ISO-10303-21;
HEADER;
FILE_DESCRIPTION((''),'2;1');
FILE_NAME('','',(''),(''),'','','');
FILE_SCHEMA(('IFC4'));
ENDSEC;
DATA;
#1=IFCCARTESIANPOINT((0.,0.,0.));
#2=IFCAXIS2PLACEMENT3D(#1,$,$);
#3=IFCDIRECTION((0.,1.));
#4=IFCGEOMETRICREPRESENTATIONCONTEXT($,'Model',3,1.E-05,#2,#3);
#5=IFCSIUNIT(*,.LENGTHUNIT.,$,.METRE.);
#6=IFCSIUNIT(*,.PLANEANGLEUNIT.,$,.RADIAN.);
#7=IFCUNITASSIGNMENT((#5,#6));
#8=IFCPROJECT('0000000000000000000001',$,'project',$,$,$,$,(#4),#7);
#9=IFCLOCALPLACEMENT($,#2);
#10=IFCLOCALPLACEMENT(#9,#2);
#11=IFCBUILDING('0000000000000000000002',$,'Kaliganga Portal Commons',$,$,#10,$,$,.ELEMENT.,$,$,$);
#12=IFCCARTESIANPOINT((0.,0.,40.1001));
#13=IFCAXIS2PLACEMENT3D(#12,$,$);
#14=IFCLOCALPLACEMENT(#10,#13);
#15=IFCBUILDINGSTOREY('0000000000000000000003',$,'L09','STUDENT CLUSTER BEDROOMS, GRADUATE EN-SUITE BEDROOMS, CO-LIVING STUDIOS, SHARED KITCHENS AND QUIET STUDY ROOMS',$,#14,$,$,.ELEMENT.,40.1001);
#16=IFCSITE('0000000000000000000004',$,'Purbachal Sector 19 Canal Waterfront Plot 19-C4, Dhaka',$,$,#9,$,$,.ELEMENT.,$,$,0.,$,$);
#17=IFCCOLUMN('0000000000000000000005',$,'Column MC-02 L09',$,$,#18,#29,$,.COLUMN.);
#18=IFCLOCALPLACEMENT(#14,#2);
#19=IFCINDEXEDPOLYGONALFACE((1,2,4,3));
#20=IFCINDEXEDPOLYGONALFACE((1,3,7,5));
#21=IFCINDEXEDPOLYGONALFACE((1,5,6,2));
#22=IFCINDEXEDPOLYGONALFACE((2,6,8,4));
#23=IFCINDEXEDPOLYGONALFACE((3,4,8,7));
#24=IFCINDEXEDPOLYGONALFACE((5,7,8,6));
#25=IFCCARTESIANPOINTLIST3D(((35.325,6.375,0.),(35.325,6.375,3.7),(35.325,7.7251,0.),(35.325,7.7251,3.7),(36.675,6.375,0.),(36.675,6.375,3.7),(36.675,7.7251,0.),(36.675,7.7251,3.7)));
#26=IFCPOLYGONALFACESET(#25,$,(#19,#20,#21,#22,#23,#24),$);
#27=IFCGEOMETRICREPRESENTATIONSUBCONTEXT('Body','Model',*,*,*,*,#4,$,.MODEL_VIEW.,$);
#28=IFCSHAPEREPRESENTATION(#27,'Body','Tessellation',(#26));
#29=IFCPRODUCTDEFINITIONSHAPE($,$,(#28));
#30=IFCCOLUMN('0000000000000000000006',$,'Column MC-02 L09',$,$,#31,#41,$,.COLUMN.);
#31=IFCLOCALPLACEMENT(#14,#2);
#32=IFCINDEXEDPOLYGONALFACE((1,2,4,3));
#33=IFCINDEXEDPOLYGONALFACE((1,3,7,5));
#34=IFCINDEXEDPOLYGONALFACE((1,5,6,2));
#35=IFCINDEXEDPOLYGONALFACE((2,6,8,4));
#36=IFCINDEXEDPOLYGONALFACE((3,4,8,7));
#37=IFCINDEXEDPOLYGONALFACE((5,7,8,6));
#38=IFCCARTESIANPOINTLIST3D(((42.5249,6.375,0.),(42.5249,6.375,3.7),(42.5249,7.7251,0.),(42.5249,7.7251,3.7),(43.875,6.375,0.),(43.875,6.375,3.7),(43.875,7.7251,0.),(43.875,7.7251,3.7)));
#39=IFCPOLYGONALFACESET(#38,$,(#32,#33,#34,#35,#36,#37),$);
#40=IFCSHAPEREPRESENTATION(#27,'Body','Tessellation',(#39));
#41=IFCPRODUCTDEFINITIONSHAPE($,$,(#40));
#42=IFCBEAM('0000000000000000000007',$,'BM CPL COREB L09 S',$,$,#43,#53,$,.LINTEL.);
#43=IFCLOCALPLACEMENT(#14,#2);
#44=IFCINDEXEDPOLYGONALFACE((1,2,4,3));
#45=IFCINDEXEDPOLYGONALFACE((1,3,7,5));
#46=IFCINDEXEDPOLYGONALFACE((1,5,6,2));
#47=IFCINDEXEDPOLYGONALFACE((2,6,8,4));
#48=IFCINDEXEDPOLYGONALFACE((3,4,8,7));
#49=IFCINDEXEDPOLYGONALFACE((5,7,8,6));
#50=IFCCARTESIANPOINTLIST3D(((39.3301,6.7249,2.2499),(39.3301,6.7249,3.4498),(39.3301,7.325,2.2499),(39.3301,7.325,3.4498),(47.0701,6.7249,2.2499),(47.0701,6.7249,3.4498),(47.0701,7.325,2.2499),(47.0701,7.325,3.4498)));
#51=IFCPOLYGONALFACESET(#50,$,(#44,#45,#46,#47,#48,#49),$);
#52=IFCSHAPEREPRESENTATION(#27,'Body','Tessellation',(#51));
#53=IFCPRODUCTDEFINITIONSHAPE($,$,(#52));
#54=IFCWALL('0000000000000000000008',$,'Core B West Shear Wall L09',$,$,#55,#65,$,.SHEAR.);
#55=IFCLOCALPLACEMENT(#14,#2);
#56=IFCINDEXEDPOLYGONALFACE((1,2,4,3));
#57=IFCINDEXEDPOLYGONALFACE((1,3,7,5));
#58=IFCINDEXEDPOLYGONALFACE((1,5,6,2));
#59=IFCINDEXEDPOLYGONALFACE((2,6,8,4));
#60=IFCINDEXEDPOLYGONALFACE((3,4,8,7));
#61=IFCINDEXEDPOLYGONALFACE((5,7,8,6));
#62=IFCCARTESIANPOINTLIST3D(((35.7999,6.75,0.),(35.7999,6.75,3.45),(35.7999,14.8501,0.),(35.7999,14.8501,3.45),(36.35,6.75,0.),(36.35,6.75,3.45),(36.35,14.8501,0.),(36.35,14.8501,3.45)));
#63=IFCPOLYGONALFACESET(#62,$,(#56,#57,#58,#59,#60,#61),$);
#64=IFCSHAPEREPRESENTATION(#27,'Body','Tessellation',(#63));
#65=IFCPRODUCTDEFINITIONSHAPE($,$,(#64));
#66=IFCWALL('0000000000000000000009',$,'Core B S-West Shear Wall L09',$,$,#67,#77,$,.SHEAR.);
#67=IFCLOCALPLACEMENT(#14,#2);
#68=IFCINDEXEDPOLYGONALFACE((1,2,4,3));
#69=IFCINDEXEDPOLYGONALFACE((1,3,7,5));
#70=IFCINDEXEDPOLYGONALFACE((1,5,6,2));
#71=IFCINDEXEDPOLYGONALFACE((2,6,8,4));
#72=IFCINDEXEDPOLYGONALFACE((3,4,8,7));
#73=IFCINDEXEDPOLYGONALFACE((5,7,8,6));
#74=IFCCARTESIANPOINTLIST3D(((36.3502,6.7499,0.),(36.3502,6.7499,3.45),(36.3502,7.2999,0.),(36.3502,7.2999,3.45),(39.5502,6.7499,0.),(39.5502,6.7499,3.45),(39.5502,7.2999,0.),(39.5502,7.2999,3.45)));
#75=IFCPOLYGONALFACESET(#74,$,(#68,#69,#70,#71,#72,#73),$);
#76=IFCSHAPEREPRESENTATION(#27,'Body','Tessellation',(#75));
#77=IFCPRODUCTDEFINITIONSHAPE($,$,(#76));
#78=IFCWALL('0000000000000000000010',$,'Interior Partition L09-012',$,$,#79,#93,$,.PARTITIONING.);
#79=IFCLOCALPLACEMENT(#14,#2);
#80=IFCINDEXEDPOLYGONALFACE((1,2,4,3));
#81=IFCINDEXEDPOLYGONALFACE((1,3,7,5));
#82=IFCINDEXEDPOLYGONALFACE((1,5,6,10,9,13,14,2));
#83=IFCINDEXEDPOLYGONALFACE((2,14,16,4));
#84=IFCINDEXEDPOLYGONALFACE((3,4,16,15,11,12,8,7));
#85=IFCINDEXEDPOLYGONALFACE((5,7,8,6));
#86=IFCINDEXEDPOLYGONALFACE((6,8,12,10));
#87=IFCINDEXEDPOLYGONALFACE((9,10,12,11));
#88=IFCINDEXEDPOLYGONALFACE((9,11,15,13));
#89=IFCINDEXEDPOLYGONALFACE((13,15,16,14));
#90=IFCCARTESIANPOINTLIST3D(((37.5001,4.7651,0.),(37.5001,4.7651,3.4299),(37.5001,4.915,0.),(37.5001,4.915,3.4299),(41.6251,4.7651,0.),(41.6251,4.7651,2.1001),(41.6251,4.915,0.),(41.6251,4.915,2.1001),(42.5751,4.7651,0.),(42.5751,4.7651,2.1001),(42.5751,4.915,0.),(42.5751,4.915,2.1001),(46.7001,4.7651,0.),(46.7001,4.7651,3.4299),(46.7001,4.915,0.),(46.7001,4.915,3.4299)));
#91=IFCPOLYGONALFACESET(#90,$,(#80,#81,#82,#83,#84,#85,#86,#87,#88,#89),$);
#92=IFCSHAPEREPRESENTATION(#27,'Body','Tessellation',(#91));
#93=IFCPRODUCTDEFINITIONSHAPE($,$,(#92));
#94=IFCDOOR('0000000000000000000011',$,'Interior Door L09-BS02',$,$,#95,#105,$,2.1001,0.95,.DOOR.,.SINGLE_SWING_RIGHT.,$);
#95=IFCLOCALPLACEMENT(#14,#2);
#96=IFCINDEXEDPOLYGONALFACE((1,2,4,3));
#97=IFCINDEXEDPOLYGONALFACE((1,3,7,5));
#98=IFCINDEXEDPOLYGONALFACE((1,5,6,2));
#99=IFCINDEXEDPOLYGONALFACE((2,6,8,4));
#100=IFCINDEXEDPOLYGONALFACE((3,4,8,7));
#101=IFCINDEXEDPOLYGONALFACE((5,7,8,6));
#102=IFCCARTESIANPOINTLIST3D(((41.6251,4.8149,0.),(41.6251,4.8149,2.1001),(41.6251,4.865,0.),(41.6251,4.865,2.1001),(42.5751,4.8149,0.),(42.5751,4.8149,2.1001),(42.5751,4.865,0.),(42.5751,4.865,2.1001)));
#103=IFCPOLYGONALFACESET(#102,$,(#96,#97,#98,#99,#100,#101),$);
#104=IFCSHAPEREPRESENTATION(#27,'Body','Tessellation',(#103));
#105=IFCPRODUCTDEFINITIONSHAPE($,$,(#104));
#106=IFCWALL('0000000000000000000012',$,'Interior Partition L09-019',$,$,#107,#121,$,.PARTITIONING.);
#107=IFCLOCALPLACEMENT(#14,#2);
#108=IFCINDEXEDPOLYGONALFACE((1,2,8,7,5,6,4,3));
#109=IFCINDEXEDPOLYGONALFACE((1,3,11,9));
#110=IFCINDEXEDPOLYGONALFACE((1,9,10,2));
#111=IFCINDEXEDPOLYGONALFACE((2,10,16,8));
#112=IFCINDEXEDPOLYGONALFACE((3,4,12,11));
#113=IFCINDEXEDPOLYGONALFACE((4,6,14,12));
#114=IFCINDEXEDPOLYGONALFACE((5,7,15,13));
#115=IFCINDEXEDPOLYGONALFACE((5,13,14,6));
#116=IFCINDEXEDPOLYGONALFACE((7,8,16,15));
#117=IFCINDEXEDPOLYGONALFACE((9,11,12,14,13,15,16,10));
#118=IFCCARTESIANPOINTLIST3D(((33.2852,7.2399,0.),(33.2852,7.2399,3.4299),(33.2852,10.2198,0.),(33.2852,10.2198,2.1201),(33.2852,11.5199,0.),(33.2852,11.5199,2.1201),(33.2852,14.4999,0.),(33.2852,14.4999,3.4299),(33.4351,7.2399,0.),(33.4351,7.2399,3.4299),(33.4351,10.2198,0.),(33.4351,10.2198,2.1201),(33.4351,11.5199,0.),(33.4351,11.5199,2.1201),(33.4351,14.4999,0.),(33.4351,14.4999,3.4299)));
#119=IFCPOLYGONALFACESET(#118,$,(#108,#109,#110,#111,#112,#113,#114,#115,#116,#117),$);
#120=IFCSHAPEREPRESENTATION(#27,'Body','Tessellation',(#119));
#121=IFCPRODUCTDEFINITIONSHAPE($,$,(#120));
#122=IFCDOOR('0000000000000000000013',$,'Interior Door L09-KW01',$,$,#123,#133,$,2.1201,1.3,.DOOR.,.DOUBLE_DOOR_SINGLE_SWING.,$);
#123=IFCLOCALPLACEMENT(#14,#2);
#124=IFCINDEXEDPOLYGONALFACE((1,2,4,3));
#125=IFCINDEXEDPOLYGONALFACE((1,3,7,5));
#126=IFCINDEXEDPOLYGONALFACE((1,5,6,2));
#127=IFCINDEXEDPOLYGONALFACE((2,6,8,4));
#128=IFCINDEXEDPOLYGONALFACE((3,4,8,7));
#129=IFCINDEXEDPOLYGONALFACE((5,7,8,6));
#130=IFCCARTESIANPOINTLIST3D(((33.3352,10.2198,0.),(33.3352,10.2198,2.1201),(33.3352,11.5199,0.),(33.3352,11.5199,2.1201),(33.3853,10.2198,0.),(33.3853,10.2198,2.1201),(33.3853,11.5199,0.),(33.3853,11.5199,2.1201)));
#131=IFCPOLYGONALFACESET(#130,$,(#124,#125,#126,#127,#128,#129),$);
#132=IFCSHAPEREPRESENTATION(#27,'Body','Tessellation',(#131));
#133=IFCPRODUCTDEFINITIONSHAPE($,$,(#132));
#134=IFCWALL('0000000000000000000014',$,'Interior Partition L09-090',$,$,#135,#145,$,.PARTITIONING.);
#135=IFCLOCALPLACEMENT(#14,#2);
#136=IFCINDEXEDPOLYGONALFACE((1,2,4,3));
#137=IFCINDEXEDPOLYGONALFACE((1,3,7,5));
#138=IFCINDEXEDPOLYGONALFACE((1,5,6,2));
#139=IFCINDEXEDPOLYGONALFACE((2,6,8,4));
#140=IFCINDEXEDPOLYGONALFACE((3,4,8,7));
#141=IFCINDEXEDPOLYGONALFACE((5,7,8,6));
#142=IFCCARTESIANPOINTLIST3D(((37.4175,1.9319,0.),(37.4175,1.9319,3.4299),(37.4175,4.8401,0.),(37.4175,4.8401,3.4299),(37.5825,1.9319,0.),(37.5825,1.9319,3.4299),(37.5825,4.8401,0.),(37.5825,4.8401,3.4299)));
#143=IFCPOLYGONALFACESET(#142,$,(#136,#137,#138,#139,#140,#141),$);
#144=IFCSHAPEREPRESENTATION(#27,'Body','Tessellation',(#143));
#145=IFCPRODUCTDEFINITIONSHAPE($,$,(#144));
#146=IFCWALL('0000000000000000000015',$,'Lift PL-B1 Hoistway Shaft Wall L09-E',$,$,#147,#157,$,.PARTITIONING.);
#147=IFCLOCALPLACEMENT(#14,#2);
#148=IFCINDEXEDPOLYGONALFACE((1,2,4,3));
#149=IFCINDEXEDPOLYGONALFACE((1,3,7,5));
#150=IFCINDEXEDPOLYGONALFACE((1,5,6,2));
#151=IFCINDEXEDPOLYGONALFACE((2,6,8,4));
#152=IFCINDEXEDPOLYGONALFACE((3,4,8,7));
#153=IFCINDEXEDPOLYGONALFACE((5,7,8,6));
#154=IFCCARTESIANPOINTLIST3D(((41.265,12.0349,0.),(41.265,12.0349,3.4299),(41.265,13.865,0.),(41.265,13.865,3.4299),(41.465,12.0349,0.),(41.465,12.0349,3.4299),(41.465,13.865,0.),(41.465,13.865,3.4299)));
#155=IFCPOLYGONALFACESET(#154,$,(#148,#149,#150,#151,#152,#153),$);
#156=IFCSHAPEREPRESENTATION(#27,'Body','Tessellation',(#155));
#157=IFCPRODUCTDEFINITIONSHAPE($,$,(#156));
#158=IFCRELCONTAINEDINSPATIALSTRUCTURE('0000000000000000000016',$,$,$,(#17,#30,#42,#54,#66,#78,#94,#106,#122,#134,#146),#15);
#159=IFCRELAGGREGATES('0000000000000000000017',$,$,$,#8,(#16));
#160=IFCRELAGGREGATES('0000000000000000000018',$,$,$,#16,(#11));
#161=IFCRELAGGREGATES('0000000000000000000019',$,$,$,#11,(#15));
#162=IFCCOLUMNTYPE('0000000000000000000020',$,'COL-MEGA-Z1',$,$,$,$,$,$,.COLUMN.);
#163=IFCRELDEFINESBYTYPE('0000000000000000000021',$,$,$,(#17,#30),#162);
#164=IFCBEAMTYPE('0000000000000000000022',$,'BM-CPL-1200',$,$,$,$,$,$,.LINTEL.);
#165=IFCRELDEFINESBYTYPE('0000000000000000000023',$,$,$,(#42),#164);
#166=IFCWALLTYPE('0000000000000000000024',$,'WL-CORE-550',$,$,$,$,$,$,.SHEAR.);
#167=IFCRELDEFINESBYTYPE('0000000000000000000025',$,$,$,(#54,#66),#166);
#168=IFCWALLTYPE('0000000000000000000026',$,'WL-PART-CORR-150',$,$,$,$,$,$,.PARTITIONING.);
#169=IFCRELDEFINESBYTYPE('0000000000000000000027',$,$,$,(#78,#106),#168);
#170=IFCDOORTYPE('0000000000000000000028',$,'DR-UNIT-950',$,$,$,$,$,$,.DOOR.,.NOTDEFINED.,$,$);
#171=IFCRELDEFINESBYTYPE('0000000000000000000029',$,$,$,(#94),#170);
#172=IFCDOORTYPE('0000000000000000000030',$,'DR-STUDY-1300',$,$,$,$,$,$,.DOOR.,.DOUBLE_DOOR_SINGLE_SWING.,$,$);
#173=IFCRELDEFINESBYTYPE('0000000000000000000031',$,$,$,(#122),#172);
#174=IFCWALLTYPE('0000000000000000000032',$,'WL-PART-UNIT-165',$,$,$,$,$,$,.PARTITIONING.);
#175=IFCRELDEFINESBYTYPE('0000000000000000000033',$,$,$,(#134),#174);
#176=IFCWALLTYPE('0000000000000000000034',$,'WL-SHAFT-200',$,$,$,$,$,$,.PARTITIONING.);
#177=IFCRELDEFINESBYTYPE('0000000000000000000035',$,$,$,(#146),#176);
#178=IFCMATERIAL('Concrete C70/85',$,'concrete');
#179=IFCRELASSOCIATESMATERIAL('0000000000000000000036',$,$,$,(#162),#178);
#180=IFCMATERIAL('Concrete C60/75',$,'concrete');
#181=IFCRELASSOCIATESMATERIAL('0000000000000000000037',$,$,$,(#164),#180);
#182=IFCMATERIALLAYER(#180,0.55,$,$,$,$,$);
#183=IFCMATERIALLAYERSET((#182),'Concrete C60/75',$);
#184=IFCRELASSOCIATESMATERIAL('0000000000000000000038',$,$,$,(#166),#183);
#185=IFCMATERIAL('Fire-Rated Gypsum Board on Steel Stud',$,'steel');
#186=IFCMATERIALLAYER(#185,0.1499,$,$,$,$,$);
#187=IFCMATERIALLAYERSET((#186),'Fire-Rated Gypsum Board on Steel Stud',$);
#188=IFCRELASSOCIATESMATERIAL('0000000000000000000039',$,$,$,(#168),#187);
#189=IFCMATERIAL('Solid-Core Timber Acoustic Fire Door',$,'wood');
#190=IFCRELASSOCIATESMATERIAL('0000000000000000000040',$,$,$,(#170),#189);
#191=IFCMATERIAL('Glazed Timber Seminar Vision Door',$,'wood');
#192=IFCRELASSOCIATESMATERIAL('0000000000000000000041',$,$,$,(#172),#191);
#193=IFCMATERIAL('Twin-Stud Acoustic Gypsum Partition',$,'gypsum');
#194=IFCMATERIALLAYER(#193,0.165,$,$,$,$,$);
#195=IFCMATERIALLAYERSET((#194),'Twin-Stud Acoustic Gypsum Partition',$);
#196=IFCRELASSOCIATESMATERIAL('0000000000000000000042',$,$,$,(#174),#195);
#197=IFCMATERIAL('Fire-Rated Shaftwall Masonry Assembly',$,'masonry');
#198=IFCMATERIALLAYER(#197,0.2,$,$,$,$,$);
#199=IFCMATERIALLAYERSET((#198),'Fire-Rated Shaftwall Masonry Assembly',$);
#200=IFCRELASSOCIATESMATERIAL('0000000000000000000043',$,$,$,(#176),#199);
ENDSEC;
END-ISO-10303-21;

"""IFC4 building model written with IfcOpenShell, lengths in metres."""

from ifc_helpers import new_model, si_unit, direction, frame, frame_2d, origin, origin_2d, place, context, subcontext, project, spatial, rectangle, extrude, source, transform, mapped, material, layer, layer_set, material_profile, profile_set, type_object, element, fill, save


model = new_model("IFC4")

# Units and contexts
model_context = context("Model", 3, precision=1e-05, world=origin(), true_north=direction((0.0, 1.0)))
body_context = subcontext(model_context, "Body", "Model", "MODEL_VIEW")
ifc_project = project(units=[si_unit("LENGTHUNIT", "METRE"), si_unit("PLANEANGLEUNIT", "RADIAN")], contexts=[model_context])

# Site, building, storey
site_placement = place(None, origin())
site = spatial("IfcSite", under=ifc_project, at=site_placement, Name="Purbachal Sector 19 Canal Waterfront Plot 19-C4, Dhaka", CompositionType="ELEMENT", RefElevation=0.0)
building_placement = place(site_placement, origin())
building = spatial("IfcBuilding", under=site, at=building_placement, Name="Kaliganga Portal Commons", CompositionType="ELEMENT")
storey_placement = place(building_placement, frame((0.0, 0.0, 40.1001)))
storey = spatial("IfcBuildingStorey", under=building, at=storey_placement, Name="L09", Description="STUDENT CLUSTER BEDROOMS, GRADUATE EN-SUITE BEDROOMS, CO-LIVING STUDIOS, SHARED KITCHENS AND QUIET STUDY ROOMS", CompositionType="ELEMENT", Elevation=40.1001)

# Columns
ifc_material_1 = material(Name="Concrete C70/85", Category="concrete")
ifc_material_profile_1 = material_profile(ifc_material_1, rectangle(XDim=1.3501, YDim=1.3501, at=origin_2d()), Name="RC 1350x1350")
ifc_profile_set_1 = profile_set([ifc_material_profile_1], Name="Concrete C70/85")
column_type = type_object("IfcColumnType", Name="COL-MEGA-Z1", PredefinedType="COLUMN", material=ifc_profile_set_1)
shared_shape_1 = source(origin(), body_context, "Body", "SweptSolid", [
    extrude(rectangle(XDim=1.3501, YDim=1.3501, at=origin_2d()), origin(), (0.0, 0.0, 1.0), 3.7),
])
for number, where, z_axis, x_axis, name in (
    (1, (36.0, 7.05, 0.0), (0.0, 0.0, 1.0), (1.0, 0.0, 0.0), "Column MC-02 L09"),
    (2, (43.2, 7.05, 0.0), (0.0, 0.0, 1.0), (1.0, 0.0, 0.0), "Column MC-02 L09"),
):
    element("IfcColumn", number, at=place(storey_placement, frame(where, z_axis=z_axis, x_axis=x_axis)), inside=storey, type_object=column_type, Name=name, PredefinedType="COLUMN", context=body_context, shape_type="MappedRepresentation", body=[
        mapped(shared_shape_1, transform((0.0, 0.0, 0.0), x_axis=(1.0, 0.0, 0.0), y_axis=(0.0, 1.0, 0.0), z_axis=(0.0, 0.0, 1.0), scale=1.0)),
    ])

# Beam
ifc_material_2 = material(Name="Concrete C60/75", Category="concrete")
ifc_material_profile_2 = material_profile(ifc_material_2, rectangle(XDim=0.6001, YDim=1.2, at=origin_2d()), Name="RC 600x1200")
ifc_profile_set_2 = profile_set([ifc_material_profile_2], Name="Concrete C60/75")
beam_type = type_object("IfcBeamType", Name="BM-CPL-1200", PredefinedType="LINTEL", material=ifc_profile_set_2)
shared_shape_2 = source(origin(), body_context, "Body", "SweptSolid", [
    extrude(rectangle(XDim=0.6001, YDim=1.2, at=origin_2d()), origin(), (0.0, 0.0, 1.0), 7.74),
])
beam_placement = place(storey_placement, frame((39.3301, 7.0249, 2.8499), z_axis=(1.0, 0.0, 0.0), x_axis=(0.0, 1.0, 0.0)))
element("IfcBeam", 3, at=beam_placement, inside=storey, type_object=beam_type, Name="BM CPL COREB L09 S", PredefinedType="LINTEL", context=body_context, shape_type="MappedRepresentation", body=[
    mapped(shared_shape_2, transform((0.0, 0.0, 0.0), x_axis=(1.0, 0.0, 0.0), y_axis=(0.0, 1.0, 0.0), z_axis=(0.0, 0.0, 1.0), scale=1.0)),
])

# Walls
ifc_layer_1 = layer(ifc_material_2, 0.55)
ifc_layer_set_1 = layer_set([ifc_layer_1], Name="Concrete C60/75")
wall_type_1 = type_object("IfcWallType", Name="WL-CORE-550", PredefinedType="SHEAR", material=ifc_layer_set_1)
wall_1_placement = place(storey_placement, frame((36.075, 6.75, 0.0), z_axis=(0.0, 0.0, 1.0), x_axis=(0.0, 1.0, 0.0)))
element("IfcWall", 4, at=wall_1_placement, inside=storey, type_object=wall_type_1, Name="Core B West Shear Wall L09", PredefinedType="SHEAR", context=body_context, shape_type="SweptSolid", body=[
    extrude(rectangle(XDim=8.1001, YDim=0.55, at=frame_2d((4.05, 0.0))), origin(), (0.0, 0.0, 1.0), 3.45),
])
wall_2_placement = place(storey_placement, frame((36.3501, 7.0249, 0.0), z_axis=(0.0, 0.0, 1.0), x_axis=(1.0, 0.0, 0.0)))
element("IfcWall", 5, at=wall_2_placement, inside=storey, type_object=wall_type_1, Name="Core B S-West Shear Wall L09", PredefinedType="SHEAR", context=body_context, shape_type="SweptSolid", body=[
    extrude(rectangle(XDim=3.2, YDim=0.55, at=frame_2d((1.6001, 0.0))), origin(), (0.0, 0.0, 1.0), 3.45),
])

# Walls, openings, doors
ifc_material_3 = material(Name="Fire-Rated Gypsum Board on Steel Stud", Category="steel")
ifc_layer_2 = layer(ifc_material_3, 0.1499)
ifc_layer_set_2 = layer_set([ifc_layer_2], Name="Fire-Rated Gypsum Board on Steel Stud")
wall_type_2 = type_object("IfcWallType", Name="WL-PART-CORR-150", PredefinedType="PARTITIONING", material=ifc_layer_set_2)
wall_3_placement = place(storey_placement, frame((37.5, 4.8401, 0.0), z_axis=(0.0, 0.0, 1.0), x_axis=(1.0, 0.0, 0.0)))
wall_3 = element("IfcWall", 6, at=wall_3_placement, inside=storey, type_object=wall_type_2, Name="Interior Partition L09-012", PredefinedType="PARTITIONING", context=body_context, shape_type="SweptSolid", body=[
    extrude(rectangle(XDim=9.2, YDim=0.1499, at=frame_2d((4.6001, 0.0))), origin(), (0.0, 0.0, 1.0), 3.4299),
])
opening_1_placement = place(wall_3_placement, frame((4.125, 0.0, 0.0)))
opening_1 = element("IfcOpeningElement", 7, at=opening_1_placement, cuts=wall_3, PredefinedType="OPENING", context=body_context, shape_type="SweptSolid", body=[
    extrude(rectangle(XDim=0.95, YDim=2.1001, at=frame_2d((0.4751, 1.05))), frame((0.0, 0.085, 0.0), z_axis=(0.0, -1.0, 0.0), x_axis=(1.0, 0.0, 0.0)), (0.0, 0.0, 1.0), 0.1699),
])
ifc_material_4 = material(Name="Solid-Core Timber Acoustic Fire Door", Category="wood")
door_type_1 = type_object("IfcDoorType", Name="DR-UNIT-950", OperationType="NOTDEFINED", PredefinedType="DOOR", material=ifc_material_4)
door_1_placement = place(opening_1_placement, origin())
door_1 = element("IfcDoor", 8, at=door_1_placement, inside=storey, type_object=door_type_1, Name="Interior Door L09-BS02", OperationType="SINGLE_SWING_RIGHT", OverallHeight=2.1001, OverallWidth=0.95, PredefinedType="DOOR", context=body_context, shape_type="SweptSolid", body=[
    extrude(rectangle(XDim=0.95, YDim=2.1001, at=frame_2d((0.4751, 1.05))), frame((0.0, 0.0249, 0.0), z_axis=(0.0, -1.0, 0.0), x_axis=(1.0, 0.0, 0.0)), (0.0, 0.0, 1.0), 0.05),
])
fill(opening_1, door_1)
wall_4_placement = place(storey_placement, frame((33.3601, 7.24, 0.0), z_axis=(0.0, 0.0, 1.0), x_axis=(0.0, 1.0, 0.0)))
wall_4 = element("IfcWall", 9, at=wall_4_placement, inside=storey, type_object=wall_type_2, Name="Interior Partition L09-019", PredefinedType="PARTITIONING", context=body_context, shape_type="SweptSolid", body=[
    extrude(rectangle(XDim=7.26, YDim=0.1499, at=frame_2d((3.6299, 0.0))), origin(), (0.0, 0.0, 1.0), 3.4299),
])
opening_2_placement = place(wall_4_placement, frame((2.98, 0.0, 0.0)))
opening_2 = element("IfcOpeningElement", 10, at=opening_2_placement, cuts=wall_4, PredefinedType="OPENING", context=body_context, shape_type="SweptSolid", body=[
    extrude(rectangle(XDim=1.3, YDim=2.1201, at=frame_2d((0.6499, 1.0601))), frame((0.0, 0.085, 0.0), z_axis=(0.0, -1.0, 0.0), x_axis=(1.0, 0.0, 0.0)), (0.0, 0.0, 1.0), 0.1699),
])
ifc_material_5 = material(Name="Glazed Timber Seminar Vision Door", Category="wood")
door_type_2 = type_object("IfcDoorType", Name="DR-STUDY-1300", OperationType="DOUBLE_DOOR_SINGLE_SWING", PredefinedType="DOOR", material=ifc_material_5)
door_2_placement = place(opening_2_placement, origin())
door_2 = element("IfcDoor", 11, at=door_2_placement, inside=storey, type_object=door_type_2, Name="Interior Door L09-KW01", OperationType="DOUBLE_DOOR_SINGLE_SWING", OverallHeight=2.1201, OverallWidth=1.3, PredefinedType="DOOR", context=body_context, shape_type="SweptSolid", body=[
    extrude(rectangle(XDim=1.3, YDim=2.1201, at=frame_2d((0.6499, 1.0601))), frame((0.0, 0.0249, 0.0), z_axis=(0.0, -1.0, 0.0), x_axis=(1.0, 0.0, 0.0)), (0.0, 0.0, 1.0), 0.05),
])
fill(opening_2, door_2)

# Wall
ifc_material_6 = material(Name="Twin-Stud Acoustic Gypsum Partition", Category="gypsum")
ifc_layer_3 = layer(ifc_material_6, 0.165)
ifc_layer_set_3 = layer_set([ifc_layer_3], Name="Twin-Stud Acoustic Gypsum Partition")
wall_type_3 = type_object("IfcWallType", Name="WL-PART-UNIT-165", PredefinedType="PARTITIONING", material=ifc_layer_set_3)
wall_5_placement = place(storey_placement, frame((37.5, 1.9319, 0.0), z_axis=(0.0, 0.0, 1.0), x_axis=(0.0, 1.0, 0.0)))
element("IfcWall", 12, at=wall_5_placement, inside=storey, type_object=wall_type_3, Name="Interior Partition L09-090", PredefinedType="PARTITIONING", context=body_context, shape_type="SweptSolid", body=[
    extrude(rectangle(XDim=2.9082, YDim=0.165, at=frame_2d((1.4541, 0.0))), origin(), (0.0, 0.0, 1.0), 3.4299),
])

# Shared definitions
ifc_material_7 = material(Name="Fire-Rated Shaftwall Masonry Assembly", Category="masonry")
ifc_layer_4 = layer(ifc_material_7, 0.2)
ifc_layer_set_4 = layer_set([ifc_layer_4], Name="Fire-Rated Shaftwall Masonry Assembly")
wall_type_4 = type_object("IfcWallType", Name="WL-SHAFT-200", PredefinedType="PARTITIONING", material=ifc_layer_set_4)

# Wall
wall_6_placement = place(storey_placement, frame((41.365, 12.0349, 0.0), z_axis=(0.0, 0.0, 1.0), x_axis=(0.0, 1.0, 0.0)))
element("IfcWall", 13, at=wall_6_placement, inside=storey, type_object=wall_type_4, Name="Lift PL-B1 Hoistway Shaft Wall L09-E", PredefinedType="PARTITIONING", context=body_context, shape_type="SweptSolid", body=[
    extrude(rectangle(XDim=1.8301, YDim=0.2, at=frame_2d((0.915, 0.0))), origin(), (0.0, 0.0, 1.0), 3.4299),
])

save(model, "model.ifc")
